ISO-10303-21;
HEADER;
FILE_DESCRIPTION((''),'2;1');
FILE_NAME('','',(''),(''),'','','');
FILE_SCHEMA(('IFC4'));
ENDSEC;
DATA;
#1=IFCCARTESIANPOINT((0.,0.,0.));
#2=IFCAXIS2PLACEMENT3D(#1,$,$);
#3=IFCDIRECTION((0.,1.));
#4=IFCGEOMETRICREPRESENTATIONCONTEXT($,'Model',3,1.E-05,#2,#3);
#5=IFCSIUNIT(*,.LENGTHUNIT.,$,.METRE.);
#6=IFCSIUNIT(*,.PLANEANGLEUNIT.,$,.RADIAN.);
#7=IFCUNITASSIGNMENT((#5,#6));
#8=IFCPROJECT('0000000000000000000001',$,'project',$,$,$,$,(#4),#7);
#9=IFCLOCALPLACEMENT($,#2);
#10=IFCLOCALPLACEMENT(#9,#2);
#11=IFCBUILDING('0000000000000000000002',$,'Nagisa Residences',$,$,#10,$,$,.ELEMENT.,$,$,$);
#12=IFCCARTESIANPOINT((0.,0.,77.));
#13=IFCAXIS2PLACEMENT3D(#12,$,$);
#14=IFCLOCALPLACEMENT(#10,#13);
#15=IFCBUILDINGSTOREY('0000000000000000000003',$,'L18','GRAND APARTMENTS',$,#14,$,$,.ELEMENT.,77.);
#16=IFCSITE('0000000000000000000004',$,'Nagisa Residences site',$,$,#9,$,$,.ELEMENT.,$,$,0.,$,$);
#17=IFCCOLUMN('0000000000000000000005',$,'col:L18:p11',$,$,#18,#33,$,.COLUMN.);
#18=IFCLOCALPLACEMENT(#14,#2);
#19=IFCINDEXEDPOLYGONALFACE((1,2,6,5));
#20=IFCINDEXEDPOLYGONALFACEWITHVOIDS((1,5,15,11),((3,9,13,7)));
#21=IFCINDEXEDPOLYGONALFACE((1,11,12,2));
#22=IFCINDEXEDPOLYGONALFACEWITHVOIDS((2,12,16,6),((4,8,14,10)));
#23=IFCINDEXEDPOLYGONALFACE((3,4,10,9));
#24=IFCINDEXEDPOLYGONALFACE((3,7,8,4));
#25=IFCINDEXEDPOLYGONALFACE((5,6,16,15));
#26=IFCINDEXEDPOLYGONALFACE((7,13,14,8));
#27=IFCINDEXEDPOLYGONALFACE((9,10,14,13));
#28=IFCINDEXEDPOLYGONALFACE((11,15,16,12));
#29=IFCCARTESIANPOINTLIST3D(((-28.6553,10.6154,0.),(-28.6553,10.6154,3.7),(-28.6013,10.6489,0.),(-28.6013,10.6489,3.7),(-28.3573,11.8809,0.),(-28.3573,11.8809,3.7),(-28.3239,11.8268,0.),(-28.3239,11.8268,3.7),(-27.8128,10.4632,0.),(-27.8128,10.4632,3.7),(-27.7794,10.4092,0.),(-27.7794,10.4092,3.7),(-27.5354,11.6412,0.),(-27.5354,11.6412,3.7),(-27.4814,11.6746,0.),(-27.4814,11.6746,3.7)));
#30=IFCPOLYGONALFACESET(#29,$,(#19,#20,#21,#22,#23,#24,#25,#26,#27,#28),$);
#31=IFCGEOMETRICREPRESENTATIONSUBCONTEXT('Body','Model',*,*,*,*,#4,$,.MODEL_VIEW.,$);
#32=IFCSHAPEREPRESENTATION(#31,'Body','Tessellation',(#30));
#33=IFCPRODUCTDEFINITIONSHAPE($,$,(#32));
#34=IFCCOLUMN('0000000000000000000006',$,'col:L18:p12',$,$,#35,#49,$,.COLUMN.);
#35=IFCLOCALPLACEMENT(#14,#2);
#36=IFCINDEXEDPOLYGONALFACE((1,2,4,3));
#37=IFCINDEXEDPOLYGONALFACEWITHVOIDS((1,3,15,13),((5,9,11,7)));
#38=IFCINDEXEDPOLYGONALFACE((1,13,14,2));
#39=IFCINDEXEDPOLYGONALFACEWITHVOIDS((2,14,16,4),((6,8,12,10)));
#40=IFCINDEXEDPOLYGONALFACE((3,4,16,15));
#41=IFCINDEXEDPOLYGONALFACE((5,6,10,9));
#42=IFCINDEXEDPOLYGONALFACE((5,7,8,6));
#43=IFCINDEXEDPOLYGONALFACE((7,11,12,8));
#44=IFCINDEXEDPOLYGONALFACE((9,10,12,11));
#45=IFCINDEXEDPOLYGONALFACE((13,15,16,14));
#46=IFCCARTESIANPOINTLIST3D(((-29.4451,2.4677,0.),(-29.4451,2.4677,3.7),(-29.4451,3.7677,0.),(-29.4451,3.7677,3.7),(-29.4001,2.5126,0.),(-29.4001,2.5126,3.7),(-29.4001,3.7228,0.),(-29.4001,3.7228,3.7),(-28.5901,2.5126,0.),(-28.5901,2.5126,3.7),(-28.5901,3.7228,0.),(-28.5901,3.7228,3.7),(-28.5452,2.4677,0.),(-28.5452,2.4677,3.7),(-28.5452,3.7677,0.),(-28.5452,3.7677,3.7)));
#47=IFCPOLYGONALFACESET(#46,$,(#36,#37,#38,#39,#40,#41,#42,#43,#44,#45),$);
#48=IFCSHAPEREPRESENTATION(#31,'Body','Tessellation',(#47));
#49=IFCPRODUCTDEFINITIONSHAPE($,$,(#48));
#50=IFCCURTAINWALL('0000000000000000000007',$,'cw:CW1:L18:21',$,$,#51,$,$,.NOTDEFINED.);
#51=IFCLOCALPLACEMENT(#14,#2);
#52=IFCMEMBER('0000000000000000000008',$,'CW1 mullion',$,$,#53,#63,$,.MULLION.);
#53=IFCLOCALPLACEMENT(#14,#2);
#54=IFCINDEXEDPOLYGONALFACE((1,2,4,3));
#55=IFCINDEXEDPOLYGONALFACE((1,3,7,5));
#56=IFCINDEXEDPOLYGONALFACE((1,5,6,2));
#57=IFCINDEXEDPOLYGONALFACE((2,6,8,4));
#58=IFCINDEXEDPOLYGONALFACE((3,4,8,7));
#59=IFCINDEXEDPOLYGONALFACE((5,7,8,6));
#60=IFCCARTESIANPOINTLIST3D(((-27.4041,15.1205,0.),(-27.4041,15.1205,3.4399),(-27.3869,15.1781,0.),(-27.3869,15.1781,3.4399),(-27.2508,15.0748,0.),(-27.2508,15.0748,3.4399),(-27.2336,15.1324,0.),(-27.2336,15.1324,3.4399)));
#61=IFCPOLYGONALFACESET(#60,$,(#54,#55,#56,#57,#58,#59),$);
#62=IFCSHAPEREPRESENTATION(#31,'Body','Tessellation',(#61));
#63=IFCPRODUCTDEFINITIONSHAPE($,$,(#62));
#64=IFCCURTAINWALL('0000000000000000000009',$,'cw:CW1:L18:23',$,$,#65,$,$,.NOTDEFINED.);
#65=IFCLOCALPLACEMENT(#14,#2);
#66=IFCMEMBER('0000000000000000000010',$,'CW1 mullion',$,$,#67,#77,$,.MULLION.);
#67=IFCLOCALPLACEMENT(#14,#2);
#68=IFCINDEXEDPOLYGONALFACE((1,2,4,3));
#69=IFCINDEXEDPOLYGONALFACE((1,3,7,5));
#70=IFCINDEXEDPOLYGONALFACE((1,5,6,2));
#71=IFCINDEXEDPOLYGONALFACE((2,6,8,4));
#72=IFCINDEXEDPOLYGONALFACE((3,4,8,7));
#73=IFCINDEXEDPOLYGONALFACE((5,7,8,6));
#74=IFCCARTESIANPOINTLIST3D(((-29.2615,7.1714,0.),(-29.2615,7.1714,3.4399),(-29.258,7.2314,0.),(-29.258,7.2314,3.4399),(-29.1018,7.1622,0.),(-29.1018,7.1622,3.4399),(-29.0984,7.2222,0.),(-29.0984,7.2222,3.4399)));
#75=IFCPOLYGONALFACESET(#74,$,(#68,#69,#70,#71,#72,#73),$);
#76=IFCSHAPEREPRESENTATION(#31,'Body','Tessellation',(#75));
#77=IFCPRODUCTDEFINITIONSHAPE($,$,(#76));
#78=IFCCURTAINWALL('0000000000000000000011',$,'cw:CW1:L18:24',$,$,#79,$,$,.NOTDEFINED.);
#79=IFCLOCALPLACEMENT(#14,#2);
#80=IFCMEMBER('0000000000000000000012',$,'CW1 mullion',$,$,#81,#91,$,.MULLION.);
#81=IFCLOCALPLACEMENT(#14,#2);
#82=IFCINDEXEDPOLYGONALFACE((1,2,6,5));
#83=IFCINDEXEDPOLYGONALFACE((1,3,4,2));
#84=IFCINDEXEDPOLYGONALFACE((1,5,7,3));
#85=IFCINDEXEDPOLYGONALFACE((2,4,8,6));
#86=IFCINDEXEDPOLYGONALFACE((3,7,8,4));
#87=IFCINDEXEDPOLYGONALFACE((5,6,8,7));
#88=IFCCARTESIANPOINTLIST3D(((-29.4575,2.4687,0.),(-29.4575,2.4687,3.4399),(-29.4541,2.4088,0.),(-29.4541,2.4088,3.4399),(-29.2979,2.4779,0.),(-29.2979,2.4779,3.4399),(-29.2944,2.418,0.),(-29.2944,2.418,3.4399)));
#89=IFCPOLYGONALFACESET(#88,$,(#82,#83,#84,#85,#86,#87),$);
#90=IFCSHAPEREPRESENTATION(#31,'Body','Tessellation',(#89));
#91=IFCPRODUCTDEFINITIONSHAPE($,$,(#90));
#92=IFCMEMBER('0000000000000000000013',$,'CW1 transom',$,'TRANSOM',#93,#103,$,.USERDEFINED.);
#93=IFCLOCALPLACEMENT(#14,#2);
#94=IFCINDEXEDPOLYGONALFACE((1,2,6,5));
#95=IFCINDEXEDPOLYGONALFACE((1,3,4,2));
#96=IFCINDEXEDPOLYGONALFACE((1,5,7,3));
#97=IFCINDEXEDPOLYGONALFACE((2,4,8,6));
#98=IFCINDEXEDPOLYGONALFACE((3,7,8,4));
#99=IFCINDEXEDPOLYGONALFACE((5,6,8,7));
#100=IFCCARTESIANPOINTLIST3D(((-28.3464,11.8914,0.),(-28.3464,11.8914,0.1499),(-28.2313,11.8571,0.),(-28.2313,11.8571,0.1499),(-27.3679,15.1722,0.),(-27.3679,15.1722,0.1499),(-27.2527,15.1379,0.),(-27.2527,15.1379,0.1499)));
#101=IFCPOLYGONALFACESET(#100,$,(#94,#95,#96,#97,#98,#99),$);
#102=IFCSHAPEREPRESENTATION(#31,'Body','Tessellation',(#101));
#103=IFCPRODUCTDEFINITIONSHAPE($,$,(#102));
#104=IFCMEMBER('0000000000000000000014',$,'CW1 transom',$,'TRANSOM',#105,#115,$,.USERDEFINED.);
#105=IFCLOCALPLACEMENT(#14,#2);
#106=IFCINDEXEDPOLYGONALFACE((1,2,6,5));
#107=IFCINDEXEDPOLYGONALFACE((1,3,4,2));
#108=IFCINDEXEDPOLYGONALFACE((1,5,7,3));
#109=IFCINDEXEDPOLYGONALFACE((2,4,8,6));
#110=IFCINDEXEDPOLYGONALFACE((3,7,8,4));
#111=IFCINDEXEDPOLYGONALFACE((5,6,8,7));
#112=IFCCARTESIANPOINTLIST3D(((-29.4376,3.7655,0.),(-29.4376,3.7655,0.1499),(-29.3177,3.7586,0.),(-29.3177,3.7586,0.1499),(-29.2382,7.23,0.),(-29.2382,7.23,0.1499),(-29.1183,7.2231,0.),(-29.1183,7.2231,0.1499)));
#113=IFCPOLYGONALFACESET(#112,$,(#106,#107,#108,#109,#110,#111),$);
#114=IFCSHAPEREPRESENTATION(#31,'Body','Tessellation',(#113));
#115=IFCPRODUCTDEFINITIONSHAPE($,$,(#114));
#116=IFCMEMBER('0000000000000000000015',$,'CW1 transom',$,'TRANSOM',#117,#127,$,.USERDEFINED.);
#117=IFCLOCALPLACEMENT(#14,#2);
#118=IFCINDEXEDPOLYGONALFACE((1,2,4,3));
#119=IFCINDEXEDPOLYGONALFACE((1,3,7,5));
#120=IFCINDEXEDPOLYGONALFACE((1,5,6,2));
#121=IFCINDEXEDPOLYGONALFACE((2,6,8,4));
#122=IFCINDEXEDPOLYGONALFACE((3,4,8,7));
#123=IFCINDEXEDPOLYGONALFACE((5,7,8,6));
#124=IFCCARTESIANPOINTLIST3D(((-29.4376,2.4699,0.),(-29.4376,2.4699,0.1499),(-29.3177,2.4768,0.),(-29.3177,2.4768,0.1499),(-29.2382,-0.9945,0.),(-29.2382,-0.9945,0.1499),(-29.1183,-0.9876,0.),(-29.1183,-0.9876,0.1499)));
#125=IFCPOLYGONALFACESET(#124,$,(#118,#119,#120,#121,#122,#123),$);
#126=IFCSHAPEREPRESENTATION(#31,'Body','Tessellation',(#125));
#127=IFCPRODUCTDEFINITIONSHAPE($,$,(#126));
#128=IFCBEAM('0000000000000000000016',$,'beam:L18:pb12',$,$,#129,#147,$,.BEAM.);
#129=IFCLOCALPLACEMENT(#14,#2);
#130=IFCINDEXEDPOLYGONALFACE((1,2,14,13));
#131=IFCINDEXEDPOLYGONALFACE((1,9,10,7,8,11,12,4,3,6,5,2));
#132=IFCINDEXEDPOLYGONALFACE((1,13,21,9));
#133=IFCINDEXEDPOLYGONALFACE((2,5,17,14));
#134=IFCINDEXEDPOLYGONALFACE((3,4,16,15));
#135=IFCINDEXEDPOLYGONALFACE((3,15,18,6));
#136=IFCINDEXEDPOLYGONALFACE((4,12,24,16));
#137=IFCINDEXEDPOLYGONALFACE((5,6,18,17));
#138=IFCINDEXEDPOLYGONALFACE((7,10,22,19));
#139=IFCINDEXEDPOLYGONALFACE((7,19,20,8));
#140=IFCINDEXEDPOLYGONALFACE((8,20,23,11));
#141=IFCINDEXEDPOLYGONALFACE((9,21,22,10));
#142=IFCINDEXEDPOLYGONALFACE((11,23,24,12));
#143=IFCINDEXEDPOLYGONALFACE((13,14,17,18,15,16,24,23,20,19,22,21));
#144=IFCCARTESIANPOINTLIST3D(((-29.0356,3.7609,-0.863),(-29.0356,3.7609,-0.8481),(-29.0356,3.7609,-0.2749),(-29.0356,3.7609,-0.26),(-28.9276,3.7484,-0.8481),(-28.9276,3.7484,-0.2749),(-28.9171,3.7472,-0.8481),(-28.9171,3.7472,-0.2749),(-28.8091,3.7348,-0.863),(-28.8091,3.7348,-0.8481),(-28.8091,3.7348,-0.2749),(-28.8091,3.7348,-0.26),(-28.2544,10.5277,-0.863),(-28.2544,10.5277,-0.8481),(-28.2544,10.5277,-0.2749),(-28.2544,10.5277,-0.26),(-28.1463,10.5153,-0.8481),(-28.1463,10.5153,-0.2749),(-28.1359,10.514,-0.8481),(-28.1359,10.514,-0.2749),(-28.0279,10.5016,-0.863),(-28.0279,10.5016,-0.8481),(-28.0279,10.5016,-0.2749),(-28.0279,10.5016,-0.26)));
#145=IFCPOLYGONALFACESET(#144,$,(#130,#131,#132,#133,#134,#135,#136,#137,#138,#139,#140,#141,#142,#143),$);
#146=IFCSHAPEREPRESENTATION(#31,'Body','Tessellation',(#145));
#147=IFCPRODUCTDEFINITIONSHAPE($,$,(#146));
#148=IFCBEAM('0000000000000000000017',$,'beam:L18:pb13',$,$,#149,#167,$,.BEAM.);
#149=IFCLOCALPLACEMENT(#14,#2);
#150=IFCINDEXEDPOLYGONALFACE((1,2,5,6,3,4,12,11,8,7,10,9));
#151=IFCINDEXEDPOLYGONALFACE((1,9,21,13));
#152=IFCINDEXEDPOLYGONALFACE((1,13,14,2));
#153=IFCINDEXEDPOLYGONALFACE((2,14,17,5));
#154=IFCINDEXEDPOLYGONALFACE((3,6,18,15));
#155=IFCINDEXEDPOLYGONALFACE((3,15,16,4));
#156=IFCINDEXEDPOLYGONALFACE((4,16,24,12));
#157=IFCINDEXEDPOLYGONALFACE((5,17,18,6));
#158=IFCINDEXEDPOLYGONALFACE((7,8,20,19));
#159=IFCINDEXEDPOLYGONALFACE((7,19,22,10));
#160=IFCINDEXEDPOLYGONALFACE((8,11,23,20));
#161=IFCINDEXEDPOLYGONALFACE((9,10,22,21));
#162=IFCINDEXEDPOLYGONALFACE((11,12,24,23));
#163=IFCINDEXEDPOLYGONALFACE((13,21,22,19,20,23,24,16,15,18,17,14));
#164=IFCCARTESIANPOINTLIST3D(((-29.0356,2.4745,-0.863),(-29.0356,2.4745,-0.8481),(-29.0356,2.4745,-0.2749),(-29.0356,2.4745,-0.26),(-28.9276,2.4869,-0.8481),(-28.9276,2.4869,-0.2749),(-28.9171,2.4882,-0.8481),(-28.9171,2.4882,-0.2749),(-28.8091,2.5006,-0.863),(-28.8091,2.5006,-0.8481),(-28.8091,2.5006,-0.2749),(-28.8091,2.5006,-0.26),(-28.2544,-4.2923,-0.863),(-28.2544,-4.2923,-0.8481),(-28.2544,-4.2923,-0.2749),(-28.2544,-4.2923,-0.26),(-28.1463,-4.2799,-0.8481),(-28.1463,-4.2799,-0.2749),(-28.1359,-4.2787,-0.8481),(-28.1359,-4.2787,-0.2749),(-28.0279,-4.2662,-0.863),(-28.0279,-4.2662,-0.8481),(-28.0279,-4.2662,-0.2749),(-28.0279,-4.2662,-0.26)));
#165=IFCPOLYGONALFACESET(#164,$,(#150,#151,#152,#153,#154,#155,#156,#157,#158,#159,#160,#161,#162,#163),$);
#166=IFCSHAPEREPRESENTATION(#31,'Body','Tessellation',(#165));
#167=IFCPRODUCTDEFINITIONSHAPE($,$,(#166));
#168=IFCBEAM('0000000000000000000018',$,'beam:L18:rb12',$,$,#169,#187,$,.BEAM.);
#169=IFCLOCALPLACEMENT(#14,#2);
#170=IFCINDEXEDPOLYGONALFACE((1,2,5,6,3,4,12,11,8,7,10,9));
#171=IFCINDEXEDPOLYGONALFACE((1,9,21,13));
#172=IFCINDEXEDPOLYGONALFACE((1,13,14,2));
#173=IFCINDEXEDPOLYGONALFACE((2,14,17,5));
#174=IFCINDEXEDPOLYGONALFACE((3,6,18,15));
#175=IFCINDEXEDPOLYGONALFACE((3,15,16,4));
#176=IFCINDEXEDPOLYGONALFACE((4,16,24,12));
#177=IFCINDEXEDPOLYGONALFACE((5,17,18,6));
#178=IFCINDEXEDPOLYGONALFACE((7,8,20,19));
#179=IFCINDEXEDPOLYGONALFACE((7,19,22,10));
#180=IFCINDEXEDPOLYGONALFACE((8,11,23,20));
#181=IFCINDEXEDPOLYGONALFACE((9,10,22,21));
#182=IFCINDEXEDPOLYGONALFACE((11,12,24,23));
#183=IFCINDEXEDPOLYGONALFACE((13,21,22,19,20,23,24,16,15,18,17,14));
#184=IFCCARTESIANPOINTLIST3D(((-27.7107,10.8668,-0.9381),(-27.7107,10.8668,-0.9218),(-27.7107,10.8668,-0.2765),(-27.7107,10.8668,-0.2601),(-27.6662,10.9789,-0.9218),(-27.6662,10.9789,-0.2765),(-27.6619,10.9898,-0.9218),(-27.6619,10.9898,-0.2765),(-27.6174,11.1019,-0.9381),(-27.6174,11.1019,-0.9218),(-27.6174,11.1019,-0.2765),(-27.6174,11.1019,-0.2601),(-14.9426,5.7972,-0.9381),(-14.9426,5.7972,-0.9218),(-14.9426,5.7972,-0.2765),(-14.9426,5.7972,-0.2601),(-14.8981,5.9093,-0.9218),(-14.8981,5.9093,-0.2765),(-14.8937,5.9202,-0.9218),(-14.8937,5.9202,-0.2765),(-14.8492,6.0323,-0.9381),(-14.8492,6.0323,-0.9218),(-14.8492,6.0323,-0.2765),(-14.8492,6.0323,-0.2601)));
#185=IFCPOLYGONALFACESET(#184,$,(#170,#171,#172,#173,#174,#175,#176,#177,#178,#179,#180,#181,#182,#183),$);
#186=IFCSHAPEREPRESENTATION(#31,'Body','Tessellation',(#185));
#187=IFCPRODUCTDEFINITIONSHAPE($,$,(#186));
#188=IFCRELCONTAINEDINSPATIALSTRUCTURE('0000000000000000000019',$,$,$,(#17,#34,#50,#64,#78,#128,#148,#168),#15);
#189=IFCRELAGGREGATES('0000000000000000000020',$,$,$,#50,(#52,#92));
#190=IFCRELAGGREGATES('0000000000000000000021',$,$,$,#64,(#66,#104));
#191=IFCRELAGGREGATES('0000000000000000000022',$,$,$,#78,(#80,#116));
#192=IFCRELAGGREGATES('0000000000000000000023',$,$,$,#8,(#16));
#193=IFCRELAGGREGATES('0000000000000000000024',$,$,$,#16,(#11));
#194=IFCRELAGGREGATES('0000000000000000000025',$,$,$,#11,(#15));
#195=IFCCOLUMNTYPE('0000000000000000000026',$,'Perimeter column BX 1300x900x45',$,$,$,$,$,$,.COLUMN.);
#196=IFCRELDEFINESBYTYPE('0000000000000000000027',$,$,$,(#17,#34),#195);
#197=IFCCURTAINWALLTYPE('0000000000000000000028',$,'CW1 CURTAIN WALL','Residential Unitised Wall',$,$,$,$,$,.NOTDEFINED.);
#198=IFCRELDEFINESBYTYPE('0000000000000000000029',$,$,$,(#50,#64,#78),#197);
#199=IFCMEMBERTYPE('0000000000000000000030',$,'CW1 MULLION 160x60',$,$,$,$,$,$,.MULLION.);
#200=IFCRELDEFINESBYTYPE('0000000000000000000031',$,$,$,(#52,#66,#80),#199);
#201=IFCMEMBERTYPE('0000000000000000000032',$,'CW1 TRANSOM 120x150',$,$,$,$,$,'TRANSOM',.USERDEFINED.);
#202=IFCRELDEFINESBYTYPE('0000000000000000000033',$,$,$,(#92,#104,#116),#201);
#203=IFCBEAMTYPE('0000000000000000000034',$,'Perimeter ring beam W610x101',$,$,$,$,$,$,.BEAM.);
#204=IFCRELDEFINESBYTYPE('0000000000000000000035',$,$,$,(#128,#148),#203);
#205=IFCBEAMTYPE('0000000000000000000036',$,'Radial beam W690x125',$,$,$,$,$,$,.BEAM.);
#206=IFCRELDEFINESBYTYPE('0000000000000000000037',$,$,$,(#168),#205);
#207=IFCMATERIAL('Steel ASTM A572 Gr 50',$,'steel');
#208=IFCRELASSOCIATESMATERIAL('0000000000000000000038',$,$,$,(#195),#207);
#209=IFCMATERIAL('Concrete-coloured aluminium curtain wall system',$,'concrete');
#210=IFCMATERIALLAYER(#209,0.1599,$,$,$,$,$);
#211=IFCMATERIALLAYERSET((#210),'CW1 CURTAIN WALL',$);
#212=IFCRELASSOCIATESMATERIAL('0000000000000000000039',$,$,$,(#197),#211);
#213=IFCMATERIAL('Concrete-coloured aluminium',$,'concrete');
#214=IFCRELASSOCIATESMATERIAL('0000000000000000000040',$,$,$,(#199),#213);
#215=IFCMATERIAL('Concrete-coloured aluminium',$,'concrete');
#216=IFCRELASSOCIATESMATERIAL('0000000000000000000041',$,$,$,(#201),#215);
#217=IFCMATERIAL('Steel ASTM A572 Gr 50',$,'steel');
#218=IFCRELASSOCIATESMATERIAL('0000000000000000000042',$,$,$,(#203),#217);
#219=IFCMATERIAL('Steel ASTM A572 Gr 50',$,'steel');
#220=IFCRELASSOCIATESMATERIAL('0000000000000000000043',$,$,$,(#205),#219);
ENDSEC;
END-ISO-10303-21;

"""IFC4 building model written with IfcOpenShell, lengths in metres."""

from ifc_helpers import new_model, si_unit, direction, frame, origin, origin_2d, place, context, subcontext, project, spatial, rectangle, hollow_rectangle, i_section, extrude, material, layer, layer_set, material_profile, profile_set, type_object, element, aggregate, save


model = new_model("IFC4")

# Units and contexts
model_context = context("Model", 3, precision=1e-05, world=origin(), true_north=direction((0.0, 1.0)))
body_context = subcontext(model_context, "Body", "Model", "MODEL_VIEW")
ifc_project = project(units=[si_unit("LENGTHUNIT", "METRE"), si_unit("PLANEANGLEUNIT", "RADIAN")], contexts=[model_context])

# Site, building, storey
site_placement = place(None, origin())
site = spatial("IfcSite", under=ifc_project, at=site_placement, Name="Nagisa Residences site", CompositionType="ELEMENT", RefElevation=0.0)
building_placement = place(site_placement, origin())
building = spatial("IfcBuilding", under=site, at=building_placement, Name="Nagisa Residences", CompositionType="ELEMENT")
storey_placement = place(building_placement, frame((0.0, 0.0, 77.0)))
storey = spatial("IfcBuildingStorey", under=building, at=storey_placement, Name="L18", Description="GRAND APARTMENTS", CompositionType="ELEMENT", Elevation=77.0)

# Columns
ifc_material_1 = material(Name="Steel ASTM A572 Gr 50", Category="steel")
ifc_material_profile_1 = material_profile(ifc_material_1, hollow_rectangle(XDim=1.3, YDim=0.8999, WallThickness=0.0449, at=origin_2d()), Name="BX 1300x900x45")
ifc_profile_set_1 = profile_set([ifc_material_profile_1], Name="Steel ASTM A572 Gr 50")
column_type = type_object("IfcColumnType", Name="Perimeter column BX 1300x900x45", PredefinedType="COLUMN", material=ifc_profile_set_1)
for number, where, z_axis, x_axis, name in (
    (1, (-28.0684, 11.145, 0.0), (0.0, 0.0, 1.0), (-0.229202, -0.973379, 0.0), "col:L18:p11"),
    (2, (-28.9951, 3.1177, 0.0), (0.0, 0.0, 1.0), (0.0, -1.0, 0.0), "col:L18:p12"),
):
    element("IfcColumn", number, at=place(storey_placement, frame(where, z_axis=z_axis, x_axis=x_axis)), inside=storey, type_object=column_type, Name=name, PredefinedType="COLUMN", context=body_context, shape_type="SweptSolid", body=[
        extrude(hollow_rectangle(XDim=1.3, YDim=0.8999, WallThickness=0.0449, at=origin_2d()), origin(), (0.0, 0.0, 1.0), 3.7),
    ])

# Curtain walls, members
ifc_material_2 = material(Name="Concrete-coloured aluminium curtain wall system", Category="concrete")
ifc_layer_1 = layer(ifc_material_2, 0.1599)
ifc_layer_set_1 = layer_set([ifc_layer_1], Name="CW1 CURTAIN WALL")
curtain_wall_type = type_object("IfcCurtainWallType", Name="CW1 CURTAIN WALL", Description="Residential Unitised Wall", PredefinedType="NOTDEFINED", material=ifc_layer_set_1)
curtain_wall_1_placement = place(storey_placement, origin())
curtain_wall_1 = element("IfcCurtainWall", 3, at=curtain_wall_1_placement, inside=storey, type_object=curtain_wall_type, Name="cw:CW1:L18:21", PredefinedType="NOTDEFINED")
ifc_material_3 = material(Name="Concrete-coloured aluminium", Category="concrete")
ifc_material_profile_2 = material_profile(ifc_material_3, rectangle(XDim=0.1599, YDim=0.0601, at=origin_2d()), Name="CW1 MULLION 160x60")
ifc_profile_set_2 = profile_set([ifc_material_profile_2], Name="Concrete-coloured aluminium")
member_type_1 = type_object("IfcMemberType", Name="CW1 MULLION 160x60", PredefinedType="MULLION", material=ifc_profile_set_2)
member_1_placement = place(storey_placement, frame((-27.3188, 15.1265, 0.0), z_axis=(0.0, 0.0, 1.0), x_axis=(0.958271, -0.28586, 0.0)))
member_1 = element("IfcMember", 4, at=member_1_placement, type_object=member_type_1, Name="CW1 mullion", PredefinedType="MULLION", context=body_context, shape_type="SweptSolid", body=[
    extrude(rectangle(XDim=0.1599, YDim=0.0601, at=origin_2d()), origin(), (0.0, 0.0, 1.0), 3.4399),
])
curtain_wall_2_placement = place(storey_placement, origin())
curtain_wall_2 = element("IfcCurtainWall", 5, at=curtain_wall_2_placement, inside=storey, type_object=curtain_wall_type, Name="cw:CW1:L18:23", PredefinedType="NOTDEFINED")
member_2_placement = place(storey_placement, frame((-29.1799, 7.1968, 0.0), z_axis=(0.0, 0.0, 1.0), x_axis=(0.998345, -0.057503, 0.0)))
member_2 = element("IfcMember", 6, at=member_2_placement, type_object=member_type_1, Name="CW1 mullion", PredefinedType="MULLION", context=body_context, shape_type="SweptSolid", body=[
    extrude(rectangle(XDim=0.1599, YDim=0.0601, at=origin_2d()), origin(), (0.0, 0.0, 1.0), 3.4399),
])
curtain_wall_3_placement = place(storey_placement, origin())
curtain_wall_3 = element("IfcCurtainWall", 7, at=curtain_wall_3_placement, inside=storey, type_object=curtain_wall_type, Name="cw:CW1:L18:24", PredefinedType="NOTDEFINED")
member_3_placement = place(storey_placement, frame((-29.376, 2.4434, 0.0), z_axis=(0.0, 0.0, 1.0), x_axis=(0.998345, 0.057503, 0.0)))
member_3 = element("IfcMember", 8, at=member_3_placement, type_object=member_type_1, Name="CW1 mullion", PredefinedType="MULLION", context=body_context, shape_type="SweptSolid", body=[
    extrude(rectangle(XDim=0.1599, YDim=0.0601, at=origin_2d()), origin(), (0.0, 0.0, 1.0), 3.4399),
])

# Members
ifc_material_4 = material(Name="Concrete-coloured aluminium", Category="concrete")
ifc_material_profile_3 = material_profile(ifc_material_4, rectangle(XDim=0.1201, YDim=0.1499, at=origin_2d()), Name="CW1 TRANSOM 120x150")
ifc_profile_set_3 = profile_set([ifc_material_profile_3], Name="Concrete-coloured aluminium")
member_type_2 = type_object("IfcMemberType", Name="CW1 TRANSOM 120x150", ElementType="TRANSOM", PredefinedType="USERDEFINED", material=ifc_profile_set_3)
member_4_placement = place(storey_placement, frame((-27.3103, 15.155, 0.075), z_axis=(-0.285817, -0.958284, 0.0), x_axis=(0.958284, -0.285817, 0.0)))
member_4 = element("IfcMember", 9, at=member_4_placement, type_object=member_type_2, Name="CW1 transom", ObjectType="TRANSOM", PredefinedType="USERDEFINED", context=body_context, shape_type="SweptSolid", body=[
    extrude(rectangle(XDim=0.1201, YDim=0.1499, at=origin_2d()), origin(), (0.0, 0.0, 1.0), 3.4236),
])
member_5_placement = place(storey_placement, frame((-29.1782, 7.2266, 0.075), z_axis=(-0.057477, -0.998347, 0.0), x_axis=(0.998347, -0.057477, 0.0)))
member_5 = element("IfcMember", 10, at=member_5_placement, type_object=member_type_2, Name="CW1 transom", ObjectType="TRANSOM", PredefinedType="USERDEFINED", context=body_context, shape_type="SweptSolid", body=[
    extrude(rectangle(XDim=0.1201, YDim=0.1499, at=origin_2d()), origin(), (0.0, 0.0, 1.0), 3.4702),
])
member_6_placement = place(storey_placement, frame((-29.3777, 2.4734, 0.075), z_axis=(0.057477, -0.998347, 0.0), x_axis=(0.998347, 0.057477, 0.0)))
member_6 = element("IfcMember", 11, at=member_6_placement, type_object=member_type_2, Name="CW1 transom", ObjectType="TRANSOM", PredefinedType="USERDEFINED", context=body_context, shape_type="SweptSolid", body=[
    extrude(rectangle(XDim=0.1201, YDim=0.1499, at=origin_2d()), origin(), (0.0, 0.0, 1.0), 3.4702),
])

# Beams
ifc_material_5 = material(Name="Steel ASTM A572 Gr 50", Category="steel")
ifc_material_profile_4 = material_profile(ifc_material_5, i_section(OverallWidth=0.228, OverallDepth=0.603, WebThickness=0.0105, FlangeThickness=0.0149, at=origin_2d()), Name="W610x101")
ifc_profile_set_4 = profile_set([ifc_material_profile_4], Name="Steel ASTM A572 Gr 50")
beam_type_1 = type_object("IfcBeamType", Name="Perimeter ring beam W610x101", PredefinedType="BEAM", material=ifc_profile_set_4)
for number, where, z_axis, x_axis, name in (
    (12, (-28.1411, 10.5146, -0.5615), (-0.114691, -0.993401, 0.0), (0.993401, -0.114691, 0.0), "beam:L18:pb12"),
    (13, (-28.9224, 2.4875, -0.5615), (0.114691, -0.993401, 0.0), (0.993401, 0.114691, 0.0), "beam:L18:pb13"),
):
    element("IfcBeam", number, at=place(storey_placement, frame(where, z_axis=z_axis, x_axis=x_axis)), inside=storey, type_object=beam_type_1, Name=name, PredefinedType="BEAM", context=body_context, shape_type="SweptSolid", body=[
        extrude(i_section(OverallWidth=0.228, OverallDepth=0.603, WebThickness=0.0105, FlangeThickness=0.0149, at=origin_2d()), origin(), (0.0, 0.0, 1.0), 6.8118),
    ])
ifc_material_6 = material(Name="Steel ASTM A572 Gr 50", Category="steel")
ifc_material_profile_5 = material_profile(ifc_material_6, i_section(OverallWidth=0.2529, OverallDepth=0.678, WebThickness=0.0117, FlangeThickness=0.0164, at=origin_2d()), Name="W690x125")
ifc_profile_set_5 = profile_set([ifc_material_profile_5], Name="Steel ASTM A572 Gr 50")
beam_type_2 = type_object("IfcBeamType", Name="Radial beam W690x125", PredefinedType="BEAM", material=ifc_profile_set_5)
beam_1_placement = place(storey_placement, frame((-27.6641, 10.9844, -0.5991), z_axis=(0.929419, -0.369027, 0.0), x_axis=(0.369027, 0.929419, 0.0)))
element("IfcBeam", 14, at=beam_1_placement, inside=storey, type_object=beam_type_2, Name="beam:L18:rb12", PredefinedType="BEAM", context=body_context, shape_type="SweptSolid", body=[
    extrude(i_section(OverallWidth=0.2529, OverallDepth=0.678, WebThickness=0.0117, FlangeThickness=0.0164, at=origin_2d()), origin(), (0.0, 0.0, 1.0), 13.7378),
])

aggregate(curtain_wall_1, [member_1, member_4])
aggregate(curtain_wall_2, [member_2, member_5])
aggregate(curtain_wall_3, [member_3, member_6])

save(model, "model.ifc")
